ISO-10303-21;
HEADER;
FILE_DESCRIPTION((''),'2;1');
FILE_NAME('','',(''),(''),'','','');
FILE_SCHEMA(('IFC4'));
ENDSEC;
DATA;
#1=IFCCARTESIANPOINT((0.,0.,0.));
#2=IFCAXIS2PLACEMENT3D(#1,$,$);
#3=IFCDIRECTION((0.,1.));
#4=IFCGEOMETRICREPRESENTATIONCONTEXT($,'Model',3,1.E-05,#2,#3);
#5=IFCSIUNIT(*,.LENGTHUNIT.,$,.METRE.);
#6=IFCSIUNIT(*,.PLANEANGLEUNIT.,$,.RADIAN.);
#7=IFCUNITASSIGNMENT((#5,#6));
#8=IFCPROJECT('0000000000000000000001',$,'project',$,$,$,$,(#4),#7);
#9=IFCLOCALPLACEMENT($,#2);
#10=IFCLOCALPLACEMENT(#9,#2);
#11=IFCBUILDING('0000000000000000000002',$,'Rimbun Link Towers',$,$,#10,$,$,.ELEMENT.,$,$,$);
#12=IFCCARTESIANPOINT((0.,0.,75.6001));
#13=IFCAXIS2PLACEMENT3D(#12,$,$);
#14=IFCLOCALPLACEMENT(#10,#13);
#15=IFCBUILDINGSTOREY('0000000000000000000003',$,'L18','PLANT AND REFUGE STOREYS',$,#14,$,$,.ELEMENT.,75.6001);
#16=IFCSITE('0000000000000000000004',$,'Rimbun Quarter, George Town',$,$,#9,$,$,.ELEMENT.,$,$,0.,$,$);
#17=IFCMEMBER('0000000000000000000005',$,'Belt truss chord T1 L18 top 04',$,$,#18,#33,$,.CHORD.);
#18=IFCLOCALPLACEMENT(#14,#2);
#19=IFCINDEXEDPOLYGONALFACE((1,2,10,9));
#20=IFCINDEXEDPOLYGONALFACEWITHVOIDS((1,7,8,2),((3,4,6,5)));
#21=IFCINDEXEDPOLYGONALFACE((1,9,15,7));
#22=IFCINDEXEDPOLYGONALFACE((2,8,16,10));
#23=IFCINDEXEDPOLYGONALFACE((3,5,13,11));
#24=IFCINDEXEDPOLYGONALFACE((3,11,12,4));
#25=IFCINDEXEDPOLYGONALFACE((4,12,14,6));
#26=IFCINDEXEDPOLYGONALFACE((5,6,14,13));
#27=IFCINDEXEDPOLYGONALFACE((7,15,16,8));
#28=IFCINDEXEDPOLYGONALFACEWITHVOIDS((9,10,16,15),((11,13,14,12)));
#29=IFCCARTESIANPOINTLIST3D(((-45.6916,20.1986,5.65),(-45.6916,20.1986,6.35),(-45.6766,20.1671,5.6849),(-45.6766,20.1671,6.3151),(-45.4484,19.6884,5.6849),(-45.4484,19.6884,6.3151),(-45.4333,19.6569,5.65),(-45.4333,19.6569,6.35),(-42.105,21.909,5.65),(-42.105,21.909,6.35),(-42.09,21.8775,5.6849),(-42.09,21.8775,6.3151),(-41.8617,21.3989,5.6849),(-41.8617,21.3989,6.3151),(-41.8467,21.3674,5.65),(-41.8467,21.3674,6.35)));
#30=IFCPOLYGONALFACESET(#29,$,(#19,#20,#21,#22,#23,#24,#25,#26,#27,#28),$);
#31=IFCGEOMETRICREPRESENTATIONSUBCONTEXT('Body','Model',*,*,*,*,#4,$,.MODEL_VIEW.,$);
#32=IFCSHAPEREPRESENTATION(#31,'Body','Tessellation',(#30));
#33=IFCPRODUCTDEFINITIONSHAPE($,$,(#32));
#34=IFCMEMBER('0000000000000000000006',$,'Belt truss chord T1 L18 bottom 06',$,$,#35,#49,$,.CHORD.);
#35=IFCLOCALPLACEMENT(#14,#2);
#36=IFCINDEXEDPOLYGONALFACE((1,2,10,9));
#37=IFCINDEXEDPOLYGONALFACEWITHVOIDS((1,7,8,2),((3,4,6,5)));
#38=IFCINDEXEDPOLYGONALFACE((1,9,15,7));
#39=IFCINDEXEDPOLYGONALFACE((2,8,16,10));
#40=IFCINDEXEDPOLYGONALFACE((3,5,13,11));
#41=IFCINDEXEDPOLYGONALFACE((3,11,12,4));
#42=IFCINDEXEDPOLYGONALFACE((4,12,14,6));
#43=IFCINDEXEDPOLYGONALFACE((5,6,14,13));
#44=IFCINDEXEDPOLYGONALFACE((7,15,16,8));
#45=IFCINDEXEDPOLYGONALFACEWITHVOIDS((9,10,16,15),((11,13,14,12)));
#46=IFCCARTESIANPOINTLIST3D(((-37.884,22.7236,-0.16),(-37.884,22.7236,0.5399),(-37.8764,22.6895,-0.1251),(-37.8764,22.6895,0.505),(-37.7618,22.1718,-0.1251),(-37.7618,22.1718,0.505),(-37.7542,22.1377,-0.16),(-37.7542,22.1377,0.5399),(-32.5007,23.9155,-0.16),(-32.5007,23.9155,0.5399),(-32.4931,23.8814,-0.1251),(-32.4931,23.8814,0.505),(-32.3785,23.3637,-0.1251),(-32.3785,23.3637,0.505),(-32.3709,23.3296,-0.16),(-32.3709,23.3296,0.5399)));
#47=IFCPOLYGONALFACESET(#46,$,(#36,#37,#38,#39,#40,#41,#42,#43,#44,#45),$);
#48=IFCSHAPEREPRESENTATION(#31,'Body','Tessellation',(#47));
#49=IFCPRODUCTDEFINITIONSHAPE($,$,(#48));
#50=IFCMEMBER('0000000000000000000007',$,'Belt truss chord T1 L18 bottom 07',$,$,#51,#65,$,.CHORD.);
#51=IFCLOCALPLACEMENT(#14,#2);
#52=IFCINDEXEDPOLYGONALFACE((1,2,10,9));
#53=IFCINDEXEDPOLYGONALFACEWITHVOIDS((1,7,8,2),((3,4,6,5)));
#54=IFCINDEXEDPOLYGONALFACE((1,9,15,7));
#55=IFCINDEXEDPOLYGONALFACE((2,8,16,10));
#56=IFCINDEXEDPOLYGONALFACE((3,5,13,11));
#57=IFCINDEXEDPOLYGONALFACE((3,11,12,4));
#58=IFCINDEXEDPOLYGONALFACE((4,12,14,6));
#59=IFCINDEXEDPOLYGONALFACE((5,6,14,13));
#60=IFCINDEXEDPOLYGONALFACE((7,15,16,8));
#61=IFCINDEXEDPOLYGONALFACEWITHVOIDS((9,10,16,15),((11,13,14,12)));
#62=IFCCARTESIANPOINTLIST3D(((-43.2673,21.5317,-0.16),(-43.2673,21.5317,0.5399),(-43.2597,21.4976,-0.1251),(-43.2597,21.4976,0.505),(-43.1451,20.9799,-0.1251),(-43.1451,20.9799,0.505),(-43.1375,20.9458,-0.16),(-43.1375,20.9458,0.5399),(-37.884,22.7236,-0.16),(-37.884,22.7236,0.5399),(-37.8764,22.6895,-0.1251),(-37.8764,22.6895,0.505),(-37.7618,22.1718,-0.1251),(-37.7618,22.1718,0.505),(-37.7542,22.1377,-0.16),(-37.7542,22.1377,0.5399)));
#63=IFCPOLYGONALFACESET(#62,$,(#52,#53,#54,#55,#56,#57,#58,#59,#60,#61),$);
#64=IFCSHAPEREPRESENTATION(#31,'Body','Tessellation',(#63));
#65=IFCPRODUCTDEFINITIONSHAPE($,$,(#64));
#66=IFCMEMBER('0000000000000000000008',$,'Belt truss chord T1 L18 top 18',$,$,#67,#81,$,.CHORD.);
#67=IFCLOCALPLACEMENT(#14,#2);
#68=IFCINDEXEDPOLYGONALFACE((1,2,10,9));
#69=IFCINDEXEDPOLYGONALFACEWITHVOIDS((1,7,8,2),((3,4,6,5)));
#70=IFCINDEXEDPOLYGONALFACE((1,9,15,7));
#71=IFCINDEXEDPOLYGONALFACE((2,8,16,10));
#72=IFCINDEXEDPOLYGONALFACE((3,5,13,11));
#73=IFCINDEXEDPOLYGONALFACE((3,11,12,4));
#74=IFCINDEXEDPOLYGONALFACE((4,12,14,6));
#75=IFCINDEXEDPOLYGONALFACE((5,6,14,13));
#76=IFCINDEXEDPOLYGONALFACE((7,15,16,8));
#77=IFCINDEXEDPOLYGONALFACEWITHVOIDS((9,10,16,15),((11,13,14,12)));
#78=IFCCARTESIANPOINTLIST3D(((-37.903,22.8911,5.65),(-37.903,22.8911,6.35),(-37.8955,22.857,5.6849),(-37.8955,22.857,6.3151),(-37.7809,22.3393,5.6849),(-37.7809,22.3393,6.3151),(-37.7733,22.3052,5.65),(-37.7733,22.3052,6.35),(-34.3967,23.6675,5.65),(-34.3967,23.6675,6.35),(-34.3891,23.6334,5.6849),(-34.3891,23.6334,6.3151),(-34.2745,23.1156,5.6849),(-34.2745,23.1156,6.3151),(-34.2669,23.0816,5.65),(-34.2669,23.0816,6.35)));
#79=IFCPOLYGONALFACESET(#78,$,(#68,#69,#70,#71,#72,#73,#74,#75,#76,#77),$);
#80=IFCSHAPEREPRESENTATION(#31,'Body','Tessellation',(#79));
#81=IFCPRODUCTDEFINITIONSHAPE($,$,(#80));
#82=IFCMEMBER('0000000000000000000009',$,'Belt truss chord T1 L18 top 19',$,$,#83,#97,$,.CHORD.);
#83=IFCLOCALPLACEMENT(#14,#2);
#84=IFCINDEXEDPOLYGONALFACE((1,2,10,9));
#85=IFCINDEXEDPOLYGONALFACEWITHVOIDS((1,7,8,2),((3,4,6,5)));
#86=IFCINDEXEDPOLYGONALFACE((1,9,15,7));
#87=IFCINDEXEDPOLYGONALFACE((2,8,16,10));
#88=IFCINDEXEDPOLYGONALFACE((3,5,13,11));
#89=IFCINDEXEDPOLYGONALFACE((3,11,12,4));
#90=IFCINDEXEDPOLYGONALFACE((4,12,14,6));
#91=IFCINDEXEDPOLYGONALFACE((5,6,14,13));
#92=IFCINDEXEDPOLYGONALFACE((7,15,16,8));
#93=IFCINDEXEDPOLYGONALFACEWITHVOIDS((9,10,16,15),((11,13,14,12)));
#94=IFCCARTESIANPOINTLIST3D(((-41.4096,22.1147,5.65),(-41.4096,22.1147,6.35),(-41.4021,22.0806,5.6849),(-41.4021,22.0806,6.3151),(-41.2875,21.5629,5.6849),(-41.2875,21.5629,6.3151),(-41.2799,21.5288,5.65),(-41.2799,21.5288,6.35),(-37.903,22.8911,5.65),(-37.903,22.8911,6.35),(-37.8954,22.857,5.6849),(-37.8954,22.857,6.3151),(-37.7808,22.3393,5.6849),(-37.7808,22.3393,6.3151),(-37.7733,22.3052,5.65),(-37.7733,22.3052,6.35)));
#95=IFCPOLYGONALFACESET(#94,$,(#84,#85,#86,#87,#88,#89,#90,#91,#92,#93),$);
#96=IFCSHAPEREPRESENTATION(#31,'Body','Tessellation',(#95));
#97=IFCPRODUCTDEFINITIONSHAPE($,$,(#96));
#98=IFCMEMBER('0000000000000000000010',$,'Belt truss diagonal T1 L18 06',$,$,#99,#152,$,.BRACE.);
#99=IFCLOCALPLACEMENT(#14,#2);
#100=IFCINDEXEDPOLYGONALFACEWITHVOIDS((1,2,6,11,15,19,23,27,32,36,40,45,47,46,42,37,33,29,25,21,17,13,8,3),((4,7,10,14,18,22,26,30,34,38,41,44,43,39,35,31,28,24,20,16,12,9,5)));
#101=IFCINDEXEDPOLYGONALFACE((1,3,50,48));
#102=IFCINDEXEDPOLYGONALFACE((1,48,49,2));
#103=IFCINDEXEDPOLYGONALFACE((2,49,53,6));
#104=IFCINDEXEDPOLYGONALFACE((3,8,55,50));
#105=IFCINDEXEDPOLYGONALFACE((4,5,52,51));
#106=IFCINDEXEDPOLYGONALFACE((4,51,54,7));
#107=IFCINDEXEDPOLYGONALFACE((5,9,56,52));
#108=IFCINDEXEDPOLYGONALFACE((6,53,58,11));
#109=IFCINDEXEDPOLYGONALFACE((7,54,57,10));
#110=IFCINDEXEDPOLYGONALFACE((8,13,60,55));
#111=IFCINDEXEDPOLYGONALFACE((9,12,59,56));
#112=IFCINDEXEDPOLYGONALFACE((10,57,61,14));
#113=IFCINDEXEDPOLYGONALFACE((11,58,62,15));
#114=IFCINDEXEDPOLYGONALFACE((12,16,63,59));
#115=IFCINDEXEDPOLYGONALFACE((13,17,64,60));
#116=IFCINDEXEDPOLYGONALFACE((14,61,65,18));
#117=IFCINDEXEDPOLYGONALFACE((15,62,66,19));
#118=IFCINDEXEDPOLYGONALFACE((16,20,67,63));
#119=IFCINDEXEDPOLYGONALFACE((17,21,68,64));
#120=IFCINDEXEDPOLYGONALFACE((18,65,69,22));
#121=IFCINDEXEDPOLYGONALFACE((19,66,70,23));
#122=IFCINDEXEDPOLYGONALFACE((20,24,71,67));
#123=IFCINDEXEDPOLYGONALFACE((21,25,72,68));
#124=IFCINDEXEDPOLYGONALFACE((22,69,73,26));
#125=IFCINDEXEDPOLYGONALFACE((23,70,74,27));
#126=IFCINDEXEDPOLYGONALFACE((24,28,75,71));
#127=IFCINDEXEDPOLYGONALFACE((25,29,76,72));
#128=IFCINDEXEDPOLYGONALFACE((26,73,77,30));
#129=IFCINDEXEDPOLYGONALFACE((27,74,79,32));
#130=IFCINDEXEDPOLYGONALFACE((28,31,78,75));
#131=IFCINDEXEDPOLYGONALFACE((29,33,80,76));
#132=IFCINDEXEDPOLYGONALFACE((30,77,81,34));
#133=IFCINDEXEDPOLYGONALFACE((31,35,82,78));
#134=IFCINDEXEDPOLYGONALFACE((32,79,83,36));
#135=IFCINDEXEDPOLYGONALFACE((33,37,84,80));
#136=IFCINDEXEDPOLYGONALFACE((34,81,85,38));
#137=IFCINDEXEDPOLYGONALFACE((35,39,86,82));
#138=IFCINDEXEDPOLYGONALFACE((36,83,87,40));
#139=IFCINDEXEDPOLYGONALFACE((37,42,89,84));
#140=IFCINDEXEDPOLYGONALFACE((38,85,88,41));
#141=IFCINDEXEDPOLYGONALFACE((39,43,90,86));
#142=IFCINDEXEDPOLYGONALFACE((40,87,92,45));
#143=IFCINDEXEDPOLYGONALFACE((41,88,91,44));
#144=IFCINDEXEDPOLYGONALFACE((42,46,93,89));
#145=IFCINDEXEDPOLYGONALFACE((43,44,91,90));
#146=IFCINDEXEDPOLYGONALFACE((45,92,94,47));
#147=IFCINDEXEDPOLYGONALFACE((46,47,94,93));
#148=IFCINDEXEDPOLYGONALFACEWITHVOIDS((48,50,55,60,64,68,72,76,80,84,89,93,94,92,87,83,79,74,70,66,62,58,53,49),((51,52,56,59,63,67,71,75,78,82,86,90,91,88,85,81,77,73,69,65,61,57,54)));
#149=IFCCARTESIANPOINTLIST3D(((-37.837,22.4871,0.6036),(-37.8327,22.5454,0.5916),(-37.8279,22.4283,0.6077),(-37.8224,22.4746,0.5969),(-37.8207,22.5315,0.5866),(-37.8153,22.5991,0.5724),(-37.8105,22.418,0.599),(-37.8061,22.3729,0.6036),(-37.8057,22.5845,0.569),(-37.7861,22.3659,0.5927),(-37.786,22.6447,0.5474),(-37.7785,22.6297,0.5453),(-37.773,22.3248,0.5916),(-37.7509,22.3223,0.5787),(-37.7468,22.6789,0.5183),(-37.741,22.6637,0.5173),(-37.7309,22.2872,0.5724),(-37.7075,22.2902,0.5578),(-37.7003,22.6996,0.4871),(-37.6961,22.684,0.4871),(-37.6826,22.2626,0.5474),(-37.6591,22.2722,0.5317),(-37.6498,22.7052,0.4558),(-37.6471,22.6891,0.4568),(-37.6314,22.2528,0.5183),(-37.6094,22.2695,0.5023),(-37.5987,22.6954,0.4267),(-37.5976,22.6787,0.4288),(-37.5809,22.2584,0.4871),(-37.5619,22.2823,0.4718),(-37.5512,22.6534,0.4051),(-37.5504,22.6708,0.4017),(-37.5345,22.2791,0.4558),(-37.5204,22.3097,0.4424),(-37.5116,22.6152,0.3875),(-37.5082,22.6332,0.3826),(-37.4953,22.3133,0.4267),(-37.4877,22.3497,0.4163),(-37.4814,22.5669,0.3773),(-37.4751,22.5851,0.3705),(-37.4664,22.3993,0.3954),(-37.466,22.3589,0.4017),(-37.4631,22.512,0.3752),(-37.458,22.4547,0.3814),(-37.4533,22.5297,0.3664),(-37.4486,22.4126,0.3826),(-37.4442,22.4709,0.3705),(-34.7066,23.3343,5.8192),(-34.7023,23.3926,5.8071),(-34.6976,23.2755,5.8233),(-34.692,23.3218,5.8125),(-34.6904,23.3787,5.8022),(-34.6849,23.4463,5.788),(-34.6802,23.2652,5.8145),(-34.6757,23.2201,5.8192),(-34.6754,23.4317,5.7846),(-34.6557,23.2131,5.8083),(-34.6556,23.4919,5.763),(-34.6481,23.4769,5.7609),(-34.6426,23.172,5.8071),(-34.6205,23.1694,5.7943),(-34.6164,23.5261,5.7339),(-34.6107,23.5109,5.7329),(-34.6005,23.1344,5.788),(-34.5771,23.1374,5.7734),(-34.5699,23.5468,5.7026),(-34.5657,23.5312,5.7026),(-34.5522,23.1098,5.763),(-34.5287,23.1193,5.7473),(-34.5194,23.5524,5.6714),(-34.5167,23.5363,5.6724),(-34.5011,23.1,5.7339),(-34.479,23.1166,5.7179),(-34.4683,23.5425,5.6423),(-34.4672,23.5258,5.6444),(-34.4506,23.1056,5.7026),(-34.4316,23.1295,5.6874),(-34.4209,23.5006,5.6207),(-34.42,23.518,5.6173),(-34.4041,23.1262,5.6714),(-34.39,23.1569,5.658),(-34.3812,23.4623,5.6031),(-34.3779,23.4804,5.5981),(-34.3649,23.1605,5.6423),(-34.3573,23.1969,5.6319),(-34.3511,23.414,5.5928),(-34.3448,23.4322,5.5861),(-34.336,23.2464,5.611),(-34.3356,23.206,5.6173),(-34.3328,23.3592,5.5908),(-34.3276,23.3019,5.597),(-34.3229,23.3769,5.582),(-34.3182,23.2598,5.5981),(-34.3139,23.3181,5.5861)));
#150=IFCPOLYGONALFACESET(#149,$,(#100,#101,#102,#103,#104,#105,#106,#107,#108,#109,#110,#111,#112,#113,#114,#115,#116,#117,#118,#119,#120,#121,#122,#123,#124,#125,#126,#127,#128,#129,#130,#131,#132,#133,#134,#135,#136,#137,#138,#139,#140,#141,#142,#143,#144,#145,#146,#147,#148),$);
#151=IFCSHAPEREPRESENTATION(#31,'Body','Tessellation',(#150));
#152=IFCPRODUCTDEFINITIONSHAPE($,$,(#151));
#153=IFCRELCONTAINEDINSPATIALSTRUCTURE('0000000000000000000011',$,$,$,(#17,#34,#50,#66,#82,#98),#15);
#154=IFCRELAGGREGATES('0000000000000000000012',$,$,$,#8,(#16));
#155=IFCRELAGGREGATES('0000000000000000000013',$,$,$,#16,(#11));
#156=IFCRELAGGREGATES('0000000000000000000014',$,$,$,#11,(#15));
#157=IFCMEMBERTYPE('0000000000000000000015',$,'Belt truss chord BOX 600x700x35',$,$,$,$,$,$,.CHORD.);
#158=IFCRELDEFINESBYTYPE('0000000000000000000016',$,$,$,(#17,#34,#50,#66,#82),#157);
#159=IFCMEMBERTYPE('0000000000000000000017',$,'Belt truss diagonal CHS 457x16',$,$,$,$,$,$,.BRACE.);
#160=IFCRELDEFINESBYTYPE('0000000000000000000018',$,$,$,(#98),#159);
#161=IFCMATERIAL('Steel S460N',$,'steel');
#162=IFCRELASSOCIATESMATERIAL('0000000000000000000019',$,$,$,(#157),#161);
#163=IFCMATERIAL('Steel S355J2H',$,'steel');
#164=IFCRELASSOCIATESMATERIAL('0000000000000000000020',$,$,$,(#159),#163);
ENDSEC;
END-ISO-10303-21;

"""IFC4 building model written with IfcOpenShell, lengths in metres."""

from ifc_helpers import new_model, si_unit, direction, frame, origin, origin_2d, place, context, subcontext, project, spatial, hollow_rectangle, hollow_circle, extrude, material, material_profile, profile_set, type_object, element, save


model = new_model("IFC4")

# Units and contexts
model_context = context("Model", 3, precision=1e-05, world=origin(), true_north=direction((0.0, 1.0)))
body_context = subcontext(model_context, "Body", "Model", "MODEL_VIEW")
ifc_project = project(units=[si_unit("LENGTHUNIT", "METRE"), si_unit("PLANEANGLEUNIT", "RADIAN")], contexts=[model_context])

# Site, building, storey
site_placement = place(None, origin())
site = spatial("IfcSite", under=ifc_project, at=site_placement, Name="Rimbun Quarter, George Town", CompositionType="ELEMENT", RefElevation=0.0)
building_placement = place(site_placement, origin())
building = spatial("IfcBuilding", under=site, at=building_placement, Name="Rimbun Link Towers", CompositionType="ELEMENT")
storey_placement = place(building_placement, frame((0.0, 0.0, 75.6001)))
storey = spatial("IfcBuildingStorey", under=building, at=storey_placement, Name="L18", Description="PLANT AND REFUGE STOREYS", CompositionType="ELEMENT", Elevation=75.6001)

# Members
ifc_material_1 = material(Name="Steel S460N", Category="steel")
ifc_material_profile_1 = material_profile(ifc_material_1, hollow_rectangle(XDim=0.6001, YDim=0.7, WallThickness=0.0349, at=origin_2d()), Name="Belt truss chord BOX 600x700x35")
ifc_profile_set_1 = profile_set([ifc_material_profile_1], Name="Steel S460N")
member_type_1 = type_object("IfcMemberType", Name="Belt truss chord BOX 600x700x35", PredefinedType="CHORD", material=ifc_profile_set_1)
member_1_placement = place(storey_placement, frame((-41.9758, 21.6382, 6.0), z_axis=(-0.902615, -0.430449, 0.0), x_axis=(0.430449, -0.902615, 0.0)))
element("IfcMember", 1, at=member_1_placement, inside=storey, type_object=member_type_1, Name="Belt truss chord T1 L18 top 04", PredefinedType="CHORD", context=body_context, shape_type="SweptSolid", body=[
    extrude(hollow_rectangle(XDim=0.6001, YDim=0.7, WallThickness=0.0349, at=origin_2d()), origin(), (0.0, 0.0, 1.0), 3.9736),
])
for number, where, z_axis, x_axis, name in (
    (2, (-32.4358, 23.6226, 0.1899), (-0.976356, -0.216171, 0.0), (0.216171, -0.976356, 0.0), "Belt truss chord T1 L18 bottom 06"),
    (3, (-37.8191, 22.4307, 0.1899), (-0.976356, -0.216171, 0.0), (0.216171, -0.976356, 0.0), "Belt truss chord T1 L18 bottom 07"),
):
    element("IfcMember", number, at=place(storey_placement, frame(where, z_axis=z_axis, x_axis=x_axis)), inside=storey, type_object=member_type_1, Name=name, PredefinedType="CHORD", context=body_context, shape_type="SweptSolid", body=[
        extrude(hollow_rectangle(XDim=0.6001, YDim=0.7, WallThickness=0.0349, at=origin_2d()), origin(), (0.0, 0.0, 1.0), 5.5137),
    ])
member_2_placement = place(storey_placement, frame((-34.3318, 23.3745, 6.0), z_axis=(-0.976353, -0.216182, 0.0), x_axis=(0.216182, -0.976353, 0.0)))
element("IfcMember", 4, at=member_2_placement, inside=storey, type_object=member_type_1, Name="Belt truss chord T1 L18 top 18", PredefinedType="CHORD", context=body_context, shape_type="SweptSolid", body=[
    extrude(hollow_rectangle(XDim=0.6001, YDim=0.7, WallThickness=0.0349, at=origin_2d()), origin(), (0.0, 0.0, 1.0), 3.5913),
])
member_3_placement = place(storey_placement, frame((-37.8381, 22.5981, 6.0), z_axis=(-0.976356, -0.216167, 0.0), x_axis=(0.216167, -0.976356, 0.0)))
element("IfcMember", 5, at=member_3_placement, inside=storey, type_object=member_type_1, Name="Belt truss chord T1 L18 top 19", PredefinedType="CHORD", context=body_context, shape_type="SweptSolid", body=[
    extrude(hollow_rectangle(XDim=0.6001, YDim=0.7, WallThickness=0.0349, at=origin_2d()), origin(), (0.0, 0.0, 1.0), 3.5916),
])
ifc_material_2 = material(Name="Steel S355J2H", Category="steel")
ifc_material_profile_2 = material_profile(ifc_material_2, hollow_circle(Radius=0.2285, WallThickness=0.0161, at=origin_2d()), Name="Belt truss diagonal CHS 457x16")
ifc_profile_set_2 = profile_set([ifc_material_profile_2], Name="Steel S355J2H")
member_type_2 = type_object("IfcMemberType", Name="Belt truss diagonal CHS 457x16", PredefinedType="BRACE", material=ifc_profile_set_2)
member_4_placement = place(storey_placement, frame((-37.6406, 22.479, 0.4871), z_axis=(0.5097, 0.137939, 0.849222), x_axis=(-0.261231, 0.965276, 0.0)))
element("IfcMember", 6, at=member_4_placement, inside=storey, type_object=member_type_2, Name="Belt truss diagonal T1 L18 06", PredefinedType="BRACE", context=body_context, shape_type="SweptSolid", body=[
    extrude(hollow_circle(Radius=0.2285, WallThickness=0.0161, at=origin_2d()), origin(), (0.0, 0.0, 1.0), 6.1416),
])

save(model, "model.ifc")
